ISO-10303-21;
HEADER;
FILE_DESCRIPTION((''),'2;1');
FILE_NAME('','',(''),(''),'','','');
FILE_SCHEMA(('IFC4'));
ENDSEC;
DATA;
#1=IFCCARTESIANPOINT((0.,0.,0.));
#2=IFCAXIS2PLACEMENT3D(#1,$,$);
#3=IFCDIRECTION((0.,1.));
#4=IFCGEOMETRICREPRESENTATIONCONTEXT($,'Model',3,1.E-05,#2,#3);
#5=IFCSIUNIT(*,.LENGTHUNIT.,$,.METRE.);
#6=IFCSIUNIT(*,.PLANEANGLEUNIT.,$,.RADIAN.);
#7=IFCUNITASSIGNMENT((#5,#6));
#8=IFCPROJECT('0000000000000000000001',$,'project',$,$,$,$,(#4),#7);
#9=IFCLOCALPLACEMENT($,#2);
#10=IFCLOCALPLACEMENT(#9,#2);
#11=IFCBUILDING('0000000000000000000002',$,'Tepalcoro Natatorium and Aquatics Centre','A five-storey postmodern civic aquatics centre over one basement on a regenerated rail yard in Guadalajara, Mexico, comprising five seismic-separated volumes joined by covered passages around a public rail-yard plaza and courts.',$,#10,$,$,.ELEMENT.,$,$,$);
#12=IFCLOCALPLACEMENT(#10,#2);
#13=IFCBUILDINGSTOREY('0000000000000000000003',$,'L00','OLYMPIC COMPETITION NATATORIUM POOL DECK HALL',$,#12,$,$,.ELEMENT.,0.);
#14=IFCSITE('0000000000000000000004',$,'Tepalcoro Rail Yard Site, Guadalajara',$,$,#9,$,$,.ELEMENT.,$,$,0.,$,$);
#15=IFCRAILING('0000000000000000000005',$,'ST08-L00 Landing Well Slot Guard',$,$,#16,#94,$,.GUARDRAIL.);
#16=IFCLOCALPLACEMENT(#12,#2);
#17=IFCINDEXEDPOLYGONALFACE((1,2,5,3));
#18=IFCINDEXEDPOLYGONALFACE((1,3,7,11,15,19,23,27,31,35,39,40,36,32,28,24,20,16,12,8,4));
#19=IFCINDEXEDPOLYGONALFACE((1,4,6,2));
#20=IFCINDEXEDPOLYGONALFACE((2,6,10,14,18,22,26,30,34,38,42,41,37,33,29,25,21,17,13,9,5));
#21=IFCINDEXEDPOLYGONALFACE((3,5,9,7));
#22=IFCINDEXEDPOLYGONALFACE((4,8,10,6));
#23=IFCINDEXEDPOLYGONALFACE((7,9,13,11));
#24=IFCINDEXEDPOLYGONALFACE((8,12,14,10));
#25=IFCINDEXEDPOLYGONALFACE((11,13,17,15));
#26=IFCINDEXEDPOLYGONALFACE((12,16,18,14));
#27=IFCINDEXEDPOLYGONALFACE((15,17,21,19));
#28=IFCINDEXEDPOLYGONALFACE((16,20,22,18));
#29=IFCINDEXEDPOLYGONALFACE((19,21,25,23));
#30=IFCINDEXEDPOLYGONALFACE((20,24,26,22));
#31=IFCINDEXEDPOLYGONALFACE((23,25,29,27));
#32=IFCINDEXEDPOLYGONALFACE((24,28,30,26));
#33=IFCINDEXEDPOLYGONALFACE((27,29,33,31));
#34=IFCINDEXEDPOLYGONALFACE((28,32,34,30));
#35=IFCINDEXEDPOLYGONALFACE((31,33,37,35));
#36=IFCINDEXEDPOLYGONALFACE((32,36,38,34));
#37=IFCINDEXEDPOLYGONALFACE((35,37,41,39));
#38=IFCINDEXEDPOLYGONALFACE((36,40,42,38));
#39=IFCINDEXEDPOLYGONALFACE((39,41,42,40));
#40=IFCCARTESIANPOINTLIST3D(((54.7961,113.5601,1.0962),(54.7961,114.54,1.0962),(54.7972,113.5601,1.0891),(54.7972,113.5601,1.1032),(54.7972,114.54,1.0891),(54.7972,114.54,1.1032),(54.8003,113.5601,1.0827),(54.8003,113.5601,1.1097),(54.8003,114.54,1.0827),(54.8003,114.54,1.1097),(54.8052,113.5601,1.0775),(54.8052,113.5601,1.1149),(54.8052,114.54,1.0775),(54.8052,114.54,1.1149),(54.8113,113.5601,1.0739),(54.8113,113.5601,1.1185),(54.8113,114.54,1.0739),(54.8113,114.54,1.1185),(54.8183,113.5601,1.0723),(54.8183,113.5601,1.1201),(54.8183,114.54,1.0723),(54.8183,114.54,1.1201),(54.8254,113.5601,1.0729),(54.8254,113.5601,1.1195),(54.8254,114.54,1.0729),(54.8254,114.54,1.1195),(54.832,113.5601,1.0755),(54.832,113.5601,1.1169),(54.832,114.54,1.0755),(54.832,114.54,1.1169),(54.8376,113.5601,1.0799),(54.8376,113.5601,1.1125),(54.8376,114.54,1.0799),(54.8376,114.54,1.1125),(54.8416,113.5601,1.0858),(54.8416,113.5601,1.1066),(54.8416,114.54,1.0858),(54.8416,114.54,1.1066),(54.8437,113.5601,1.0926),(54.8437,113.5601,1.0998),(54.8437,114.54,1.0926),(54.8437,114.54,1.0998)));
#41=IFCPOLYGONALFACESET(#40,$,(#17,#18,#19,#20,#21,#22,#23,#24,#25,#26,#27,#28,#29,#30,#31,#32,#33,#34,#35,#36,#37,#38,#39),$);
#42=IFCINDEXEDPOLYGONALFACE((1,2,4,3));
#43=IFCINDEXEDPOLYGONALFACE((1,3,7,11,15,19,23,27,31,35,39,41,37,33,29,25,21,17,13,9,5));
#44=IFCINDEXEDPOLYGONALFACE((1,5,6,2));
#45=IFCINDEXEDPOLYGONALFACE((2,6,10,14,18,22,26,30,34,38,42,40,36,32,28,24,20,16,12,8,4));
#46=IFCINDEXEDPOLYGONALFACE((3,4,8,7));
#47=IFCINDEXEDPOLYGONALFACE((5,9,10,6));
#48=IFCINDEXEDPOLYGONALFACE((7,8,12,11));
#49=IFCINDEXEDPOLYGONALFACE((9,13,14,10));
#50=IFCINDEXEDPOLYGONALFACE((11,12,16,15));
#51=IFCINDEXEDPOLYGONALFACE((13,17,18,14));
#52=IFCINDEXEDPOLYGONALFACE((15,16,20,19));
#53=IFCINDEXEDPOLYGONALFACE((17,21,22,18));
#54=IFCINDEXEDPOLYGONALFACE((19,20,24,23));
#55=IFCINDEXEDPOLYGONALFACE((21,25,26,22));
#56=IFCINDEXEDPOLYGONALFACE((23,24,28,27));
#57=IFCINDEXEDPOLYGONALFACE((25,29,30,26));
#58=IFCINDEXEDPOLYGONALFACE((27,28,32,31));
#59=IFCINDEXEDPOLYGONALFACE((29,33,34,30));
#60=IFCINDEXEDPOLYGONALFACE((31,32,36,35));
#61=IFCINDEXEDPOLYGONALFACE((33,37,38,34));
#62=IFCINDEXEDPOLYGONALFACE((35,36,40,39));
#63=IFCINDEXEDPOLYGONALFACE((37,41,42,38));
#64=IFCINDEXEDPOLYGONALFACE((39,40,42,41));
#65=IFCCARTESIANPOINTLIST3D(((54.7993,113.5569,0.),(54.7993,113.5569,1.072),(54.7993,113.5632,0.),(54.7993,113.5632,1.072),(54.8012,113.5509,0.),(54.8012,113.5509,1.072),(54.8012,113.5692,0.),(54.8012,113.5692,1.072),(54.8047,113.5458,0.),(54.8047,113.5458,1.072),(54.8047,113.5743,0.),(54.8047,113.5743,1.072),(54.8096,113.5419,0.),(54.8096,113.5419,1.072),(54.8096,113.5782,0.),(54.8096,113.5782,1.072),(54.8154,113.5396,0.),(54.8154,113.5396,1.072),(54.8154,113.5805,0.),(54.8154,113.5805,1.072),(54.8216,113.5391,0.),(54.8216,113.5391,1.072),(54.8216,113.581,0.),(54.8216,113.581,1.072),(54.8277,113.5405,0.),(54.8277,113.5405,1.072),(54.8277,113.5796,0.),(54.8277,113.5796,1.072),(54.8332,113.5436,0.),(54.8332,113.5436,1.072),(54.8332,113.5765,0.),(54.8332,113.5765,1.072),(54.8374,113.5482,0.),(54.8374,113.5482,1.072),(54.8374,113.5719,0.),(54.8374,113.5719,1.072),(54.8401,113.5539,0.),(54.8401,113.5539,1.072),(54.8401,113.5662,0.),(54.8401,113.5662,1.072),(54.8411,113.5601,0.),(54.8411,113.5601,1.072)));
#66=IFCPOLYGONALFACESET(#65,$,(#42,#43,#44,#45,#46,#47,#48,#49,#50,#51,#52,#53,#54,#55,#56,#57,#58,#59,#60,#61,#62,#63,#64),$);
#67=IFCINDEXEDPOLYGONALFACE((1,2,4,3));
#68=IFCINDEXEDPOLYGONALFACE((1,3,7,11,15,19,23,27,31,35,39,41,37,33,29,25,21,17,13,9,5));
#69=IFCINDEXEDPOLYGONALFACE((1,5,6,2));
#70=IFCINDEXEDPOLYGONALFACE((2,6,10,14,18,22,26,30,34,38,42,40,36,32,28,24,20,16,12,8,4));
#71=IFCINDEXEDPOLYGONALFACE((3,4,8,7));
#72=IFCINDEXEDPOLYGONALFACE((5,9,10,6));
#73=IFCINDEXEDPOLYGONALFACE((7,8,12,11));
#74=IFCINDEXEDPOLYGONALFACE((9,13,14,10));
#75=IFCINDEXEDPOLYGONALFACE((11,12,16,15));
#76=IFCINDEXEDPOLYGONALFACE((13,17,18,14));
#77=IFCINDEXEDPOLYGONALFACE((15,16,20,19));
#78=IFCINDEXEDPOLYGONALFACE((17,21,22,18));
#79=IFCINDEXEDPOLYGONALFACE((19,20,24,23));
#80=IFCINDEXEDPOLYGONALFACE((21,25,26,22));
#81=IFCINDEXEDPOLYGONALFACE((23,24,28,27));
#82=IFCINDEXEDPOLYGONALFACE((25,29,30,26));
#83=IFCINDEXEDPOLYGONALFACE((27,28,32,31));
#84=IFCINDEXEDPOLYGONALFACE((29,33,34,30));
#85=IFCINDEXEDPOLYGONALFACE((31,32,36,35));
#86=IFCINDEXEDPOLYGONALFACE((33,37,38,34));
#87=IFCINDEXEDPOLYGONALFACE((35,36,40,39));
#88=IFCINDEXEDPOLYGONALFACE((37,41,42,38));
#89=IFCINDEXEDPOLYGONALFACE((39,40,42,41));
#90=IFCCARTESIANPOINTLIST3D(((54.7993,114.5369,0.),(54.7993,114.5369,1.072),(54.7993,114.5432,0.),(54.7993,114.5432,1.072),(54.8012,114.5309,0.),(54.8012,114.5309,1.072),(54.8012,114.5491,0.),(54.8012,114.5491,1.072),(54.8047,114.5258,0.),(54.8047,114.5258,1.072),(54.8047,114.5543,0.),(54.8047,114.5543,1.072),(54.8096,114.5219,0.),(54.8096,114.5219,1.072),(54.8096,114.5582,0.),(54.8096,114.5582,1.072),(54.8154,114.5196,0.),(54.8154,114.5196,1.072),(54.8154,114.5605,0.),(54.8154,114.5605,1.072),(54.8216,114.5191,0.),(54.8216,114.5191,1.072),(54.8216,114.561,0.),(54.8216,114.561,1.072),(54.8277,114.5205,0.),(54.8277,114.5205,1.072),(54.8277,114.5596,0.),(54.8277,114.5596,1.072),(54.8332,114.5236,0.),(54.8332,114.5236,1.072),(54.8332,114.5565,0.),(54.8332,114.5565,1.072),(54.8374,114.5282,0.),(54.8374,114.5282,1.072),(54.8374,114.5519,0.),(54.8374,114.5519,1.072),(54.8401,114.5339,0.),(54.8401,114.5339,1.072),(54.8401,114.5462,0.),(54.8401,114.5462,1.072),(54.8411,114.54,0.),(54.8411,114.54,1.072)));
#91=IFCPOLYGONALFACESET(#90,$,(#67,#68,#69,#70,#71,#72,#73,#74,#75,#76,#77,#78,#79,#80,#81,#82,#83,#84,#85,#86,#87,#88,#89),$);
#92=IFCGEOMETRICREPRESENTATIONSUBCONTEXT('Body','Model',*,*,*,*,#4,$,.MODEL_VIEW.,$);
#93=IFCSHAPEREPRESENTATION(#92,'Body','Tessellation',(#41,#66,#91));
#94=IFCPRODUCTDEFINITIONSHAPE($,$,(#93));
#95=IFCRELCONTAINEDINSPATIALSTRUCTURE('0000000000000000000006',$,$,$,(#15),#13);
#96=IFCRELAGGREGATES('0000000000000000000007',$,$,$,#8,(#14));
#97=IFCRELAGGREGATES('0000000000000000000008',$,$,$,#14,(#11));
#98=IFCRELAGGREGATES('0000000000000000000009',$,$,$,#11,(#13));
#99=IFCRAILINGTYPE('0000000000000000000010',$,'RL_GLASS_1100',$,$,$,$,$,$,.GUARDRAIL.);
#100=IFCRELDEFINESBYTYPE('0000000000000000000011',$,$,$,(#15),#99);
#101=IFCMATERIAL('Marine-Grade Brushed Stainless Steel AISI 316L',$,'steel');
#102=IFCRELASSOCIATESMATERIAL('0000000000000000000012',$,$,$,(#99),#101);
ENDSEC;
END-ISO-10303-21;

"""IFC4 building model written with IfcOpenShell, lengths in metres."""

from ifc_helpers import new_model, si_unit, direction, frame, origin, origin_2d, place, context, subcontext, project, spatial, circle, extrude, material, type_object, element, save


model = new_model("IFC4")

# Units and contexts
model_context = context("Model", 3, precision=1e-05, world=origin(), true_north=direction((0.0, 1.0)))
body_context = subcontext(model_context, "Body", "Model", "MODEL_VIEW")
ifc_project = project(units=[si_unit("LENGTHUNIT", "METRE"), si_unit("PLANEANGLEUNIT", "RADIAN")], contexts=[model_context])

# Site, building, storey
site_placement = place(None, origin())
site = spatial("IfcSite", under=ifc_project, at=site_placement, Name="Tepalcoro Rail Yard Site, Guadalajara", CompositionType="ELEMENT", RefElevation=0.0)
building_placement = place(site_placement, origin())
building = spatial("IfcBuilding", under=site, at=building_placement, Name="Tepalcoro Natatorium and Aquatics Centre", Description="A five-storey postmodern civic aquatics centre over one basement on a regenerated rail yard in Guadalajara, Mexico, comprising five seismic-separated volumes joined by covered passages around a public rail-yard plaza and courts.", CompositionType="ELEMENT")
storey_placement = place(building_placement, origin())
storey = spatial("IfcBuildingStorey", under=building, at=storey_placement, Name="L00", Description="OLYMPIC COMPETITION NATATORIUM POOL DECK HALL", CompositionType="ELEMENT", Elevation=0.0)

# Railing
ifc_material_1 = material(Name="Marine-Grade Brushed Stainless Steel AISI 316L", Category="steel")
railing_type_1 = type_object("IfcRailingType", Name="RL_GLASS_1100", PredefinedType="GUARDRAIL", material=ifc_material_1)
railing_1_placement = place(storey_placement, frame((54.8201, 113.5601, 0.0)))
element("IfcRailing", 1, at=railing_1_placement, inside=storey, type_object=railing_type_1, Name="ST08-L00 Landing Well Slot Guard", PredefinedType="GUARDRAIL", context=body_context, shape_type="SweptSolid", body=[
    extrude(circle(Radius=0.0239, at=origin_2d()), frame((0.0, 0.0, 1.0962), z_axis=(0.0, 1.0, 0.0), x_axis=(-1.0, 0.0, 0.0)), (0.0, 0.0, 1.0), 0.98),
    extrude(circle(Radius=0.021, at=origin_2d()), origin(), (0.0, 0.0, 1.0), 1.072),
    extrude(circle(Radius=0.021, at=origin_2d()), frame((0.0, 0.98, 0.0)), (0.0, 0.0, 1.0), 1.072),
])

save(model, "model.ifc")
